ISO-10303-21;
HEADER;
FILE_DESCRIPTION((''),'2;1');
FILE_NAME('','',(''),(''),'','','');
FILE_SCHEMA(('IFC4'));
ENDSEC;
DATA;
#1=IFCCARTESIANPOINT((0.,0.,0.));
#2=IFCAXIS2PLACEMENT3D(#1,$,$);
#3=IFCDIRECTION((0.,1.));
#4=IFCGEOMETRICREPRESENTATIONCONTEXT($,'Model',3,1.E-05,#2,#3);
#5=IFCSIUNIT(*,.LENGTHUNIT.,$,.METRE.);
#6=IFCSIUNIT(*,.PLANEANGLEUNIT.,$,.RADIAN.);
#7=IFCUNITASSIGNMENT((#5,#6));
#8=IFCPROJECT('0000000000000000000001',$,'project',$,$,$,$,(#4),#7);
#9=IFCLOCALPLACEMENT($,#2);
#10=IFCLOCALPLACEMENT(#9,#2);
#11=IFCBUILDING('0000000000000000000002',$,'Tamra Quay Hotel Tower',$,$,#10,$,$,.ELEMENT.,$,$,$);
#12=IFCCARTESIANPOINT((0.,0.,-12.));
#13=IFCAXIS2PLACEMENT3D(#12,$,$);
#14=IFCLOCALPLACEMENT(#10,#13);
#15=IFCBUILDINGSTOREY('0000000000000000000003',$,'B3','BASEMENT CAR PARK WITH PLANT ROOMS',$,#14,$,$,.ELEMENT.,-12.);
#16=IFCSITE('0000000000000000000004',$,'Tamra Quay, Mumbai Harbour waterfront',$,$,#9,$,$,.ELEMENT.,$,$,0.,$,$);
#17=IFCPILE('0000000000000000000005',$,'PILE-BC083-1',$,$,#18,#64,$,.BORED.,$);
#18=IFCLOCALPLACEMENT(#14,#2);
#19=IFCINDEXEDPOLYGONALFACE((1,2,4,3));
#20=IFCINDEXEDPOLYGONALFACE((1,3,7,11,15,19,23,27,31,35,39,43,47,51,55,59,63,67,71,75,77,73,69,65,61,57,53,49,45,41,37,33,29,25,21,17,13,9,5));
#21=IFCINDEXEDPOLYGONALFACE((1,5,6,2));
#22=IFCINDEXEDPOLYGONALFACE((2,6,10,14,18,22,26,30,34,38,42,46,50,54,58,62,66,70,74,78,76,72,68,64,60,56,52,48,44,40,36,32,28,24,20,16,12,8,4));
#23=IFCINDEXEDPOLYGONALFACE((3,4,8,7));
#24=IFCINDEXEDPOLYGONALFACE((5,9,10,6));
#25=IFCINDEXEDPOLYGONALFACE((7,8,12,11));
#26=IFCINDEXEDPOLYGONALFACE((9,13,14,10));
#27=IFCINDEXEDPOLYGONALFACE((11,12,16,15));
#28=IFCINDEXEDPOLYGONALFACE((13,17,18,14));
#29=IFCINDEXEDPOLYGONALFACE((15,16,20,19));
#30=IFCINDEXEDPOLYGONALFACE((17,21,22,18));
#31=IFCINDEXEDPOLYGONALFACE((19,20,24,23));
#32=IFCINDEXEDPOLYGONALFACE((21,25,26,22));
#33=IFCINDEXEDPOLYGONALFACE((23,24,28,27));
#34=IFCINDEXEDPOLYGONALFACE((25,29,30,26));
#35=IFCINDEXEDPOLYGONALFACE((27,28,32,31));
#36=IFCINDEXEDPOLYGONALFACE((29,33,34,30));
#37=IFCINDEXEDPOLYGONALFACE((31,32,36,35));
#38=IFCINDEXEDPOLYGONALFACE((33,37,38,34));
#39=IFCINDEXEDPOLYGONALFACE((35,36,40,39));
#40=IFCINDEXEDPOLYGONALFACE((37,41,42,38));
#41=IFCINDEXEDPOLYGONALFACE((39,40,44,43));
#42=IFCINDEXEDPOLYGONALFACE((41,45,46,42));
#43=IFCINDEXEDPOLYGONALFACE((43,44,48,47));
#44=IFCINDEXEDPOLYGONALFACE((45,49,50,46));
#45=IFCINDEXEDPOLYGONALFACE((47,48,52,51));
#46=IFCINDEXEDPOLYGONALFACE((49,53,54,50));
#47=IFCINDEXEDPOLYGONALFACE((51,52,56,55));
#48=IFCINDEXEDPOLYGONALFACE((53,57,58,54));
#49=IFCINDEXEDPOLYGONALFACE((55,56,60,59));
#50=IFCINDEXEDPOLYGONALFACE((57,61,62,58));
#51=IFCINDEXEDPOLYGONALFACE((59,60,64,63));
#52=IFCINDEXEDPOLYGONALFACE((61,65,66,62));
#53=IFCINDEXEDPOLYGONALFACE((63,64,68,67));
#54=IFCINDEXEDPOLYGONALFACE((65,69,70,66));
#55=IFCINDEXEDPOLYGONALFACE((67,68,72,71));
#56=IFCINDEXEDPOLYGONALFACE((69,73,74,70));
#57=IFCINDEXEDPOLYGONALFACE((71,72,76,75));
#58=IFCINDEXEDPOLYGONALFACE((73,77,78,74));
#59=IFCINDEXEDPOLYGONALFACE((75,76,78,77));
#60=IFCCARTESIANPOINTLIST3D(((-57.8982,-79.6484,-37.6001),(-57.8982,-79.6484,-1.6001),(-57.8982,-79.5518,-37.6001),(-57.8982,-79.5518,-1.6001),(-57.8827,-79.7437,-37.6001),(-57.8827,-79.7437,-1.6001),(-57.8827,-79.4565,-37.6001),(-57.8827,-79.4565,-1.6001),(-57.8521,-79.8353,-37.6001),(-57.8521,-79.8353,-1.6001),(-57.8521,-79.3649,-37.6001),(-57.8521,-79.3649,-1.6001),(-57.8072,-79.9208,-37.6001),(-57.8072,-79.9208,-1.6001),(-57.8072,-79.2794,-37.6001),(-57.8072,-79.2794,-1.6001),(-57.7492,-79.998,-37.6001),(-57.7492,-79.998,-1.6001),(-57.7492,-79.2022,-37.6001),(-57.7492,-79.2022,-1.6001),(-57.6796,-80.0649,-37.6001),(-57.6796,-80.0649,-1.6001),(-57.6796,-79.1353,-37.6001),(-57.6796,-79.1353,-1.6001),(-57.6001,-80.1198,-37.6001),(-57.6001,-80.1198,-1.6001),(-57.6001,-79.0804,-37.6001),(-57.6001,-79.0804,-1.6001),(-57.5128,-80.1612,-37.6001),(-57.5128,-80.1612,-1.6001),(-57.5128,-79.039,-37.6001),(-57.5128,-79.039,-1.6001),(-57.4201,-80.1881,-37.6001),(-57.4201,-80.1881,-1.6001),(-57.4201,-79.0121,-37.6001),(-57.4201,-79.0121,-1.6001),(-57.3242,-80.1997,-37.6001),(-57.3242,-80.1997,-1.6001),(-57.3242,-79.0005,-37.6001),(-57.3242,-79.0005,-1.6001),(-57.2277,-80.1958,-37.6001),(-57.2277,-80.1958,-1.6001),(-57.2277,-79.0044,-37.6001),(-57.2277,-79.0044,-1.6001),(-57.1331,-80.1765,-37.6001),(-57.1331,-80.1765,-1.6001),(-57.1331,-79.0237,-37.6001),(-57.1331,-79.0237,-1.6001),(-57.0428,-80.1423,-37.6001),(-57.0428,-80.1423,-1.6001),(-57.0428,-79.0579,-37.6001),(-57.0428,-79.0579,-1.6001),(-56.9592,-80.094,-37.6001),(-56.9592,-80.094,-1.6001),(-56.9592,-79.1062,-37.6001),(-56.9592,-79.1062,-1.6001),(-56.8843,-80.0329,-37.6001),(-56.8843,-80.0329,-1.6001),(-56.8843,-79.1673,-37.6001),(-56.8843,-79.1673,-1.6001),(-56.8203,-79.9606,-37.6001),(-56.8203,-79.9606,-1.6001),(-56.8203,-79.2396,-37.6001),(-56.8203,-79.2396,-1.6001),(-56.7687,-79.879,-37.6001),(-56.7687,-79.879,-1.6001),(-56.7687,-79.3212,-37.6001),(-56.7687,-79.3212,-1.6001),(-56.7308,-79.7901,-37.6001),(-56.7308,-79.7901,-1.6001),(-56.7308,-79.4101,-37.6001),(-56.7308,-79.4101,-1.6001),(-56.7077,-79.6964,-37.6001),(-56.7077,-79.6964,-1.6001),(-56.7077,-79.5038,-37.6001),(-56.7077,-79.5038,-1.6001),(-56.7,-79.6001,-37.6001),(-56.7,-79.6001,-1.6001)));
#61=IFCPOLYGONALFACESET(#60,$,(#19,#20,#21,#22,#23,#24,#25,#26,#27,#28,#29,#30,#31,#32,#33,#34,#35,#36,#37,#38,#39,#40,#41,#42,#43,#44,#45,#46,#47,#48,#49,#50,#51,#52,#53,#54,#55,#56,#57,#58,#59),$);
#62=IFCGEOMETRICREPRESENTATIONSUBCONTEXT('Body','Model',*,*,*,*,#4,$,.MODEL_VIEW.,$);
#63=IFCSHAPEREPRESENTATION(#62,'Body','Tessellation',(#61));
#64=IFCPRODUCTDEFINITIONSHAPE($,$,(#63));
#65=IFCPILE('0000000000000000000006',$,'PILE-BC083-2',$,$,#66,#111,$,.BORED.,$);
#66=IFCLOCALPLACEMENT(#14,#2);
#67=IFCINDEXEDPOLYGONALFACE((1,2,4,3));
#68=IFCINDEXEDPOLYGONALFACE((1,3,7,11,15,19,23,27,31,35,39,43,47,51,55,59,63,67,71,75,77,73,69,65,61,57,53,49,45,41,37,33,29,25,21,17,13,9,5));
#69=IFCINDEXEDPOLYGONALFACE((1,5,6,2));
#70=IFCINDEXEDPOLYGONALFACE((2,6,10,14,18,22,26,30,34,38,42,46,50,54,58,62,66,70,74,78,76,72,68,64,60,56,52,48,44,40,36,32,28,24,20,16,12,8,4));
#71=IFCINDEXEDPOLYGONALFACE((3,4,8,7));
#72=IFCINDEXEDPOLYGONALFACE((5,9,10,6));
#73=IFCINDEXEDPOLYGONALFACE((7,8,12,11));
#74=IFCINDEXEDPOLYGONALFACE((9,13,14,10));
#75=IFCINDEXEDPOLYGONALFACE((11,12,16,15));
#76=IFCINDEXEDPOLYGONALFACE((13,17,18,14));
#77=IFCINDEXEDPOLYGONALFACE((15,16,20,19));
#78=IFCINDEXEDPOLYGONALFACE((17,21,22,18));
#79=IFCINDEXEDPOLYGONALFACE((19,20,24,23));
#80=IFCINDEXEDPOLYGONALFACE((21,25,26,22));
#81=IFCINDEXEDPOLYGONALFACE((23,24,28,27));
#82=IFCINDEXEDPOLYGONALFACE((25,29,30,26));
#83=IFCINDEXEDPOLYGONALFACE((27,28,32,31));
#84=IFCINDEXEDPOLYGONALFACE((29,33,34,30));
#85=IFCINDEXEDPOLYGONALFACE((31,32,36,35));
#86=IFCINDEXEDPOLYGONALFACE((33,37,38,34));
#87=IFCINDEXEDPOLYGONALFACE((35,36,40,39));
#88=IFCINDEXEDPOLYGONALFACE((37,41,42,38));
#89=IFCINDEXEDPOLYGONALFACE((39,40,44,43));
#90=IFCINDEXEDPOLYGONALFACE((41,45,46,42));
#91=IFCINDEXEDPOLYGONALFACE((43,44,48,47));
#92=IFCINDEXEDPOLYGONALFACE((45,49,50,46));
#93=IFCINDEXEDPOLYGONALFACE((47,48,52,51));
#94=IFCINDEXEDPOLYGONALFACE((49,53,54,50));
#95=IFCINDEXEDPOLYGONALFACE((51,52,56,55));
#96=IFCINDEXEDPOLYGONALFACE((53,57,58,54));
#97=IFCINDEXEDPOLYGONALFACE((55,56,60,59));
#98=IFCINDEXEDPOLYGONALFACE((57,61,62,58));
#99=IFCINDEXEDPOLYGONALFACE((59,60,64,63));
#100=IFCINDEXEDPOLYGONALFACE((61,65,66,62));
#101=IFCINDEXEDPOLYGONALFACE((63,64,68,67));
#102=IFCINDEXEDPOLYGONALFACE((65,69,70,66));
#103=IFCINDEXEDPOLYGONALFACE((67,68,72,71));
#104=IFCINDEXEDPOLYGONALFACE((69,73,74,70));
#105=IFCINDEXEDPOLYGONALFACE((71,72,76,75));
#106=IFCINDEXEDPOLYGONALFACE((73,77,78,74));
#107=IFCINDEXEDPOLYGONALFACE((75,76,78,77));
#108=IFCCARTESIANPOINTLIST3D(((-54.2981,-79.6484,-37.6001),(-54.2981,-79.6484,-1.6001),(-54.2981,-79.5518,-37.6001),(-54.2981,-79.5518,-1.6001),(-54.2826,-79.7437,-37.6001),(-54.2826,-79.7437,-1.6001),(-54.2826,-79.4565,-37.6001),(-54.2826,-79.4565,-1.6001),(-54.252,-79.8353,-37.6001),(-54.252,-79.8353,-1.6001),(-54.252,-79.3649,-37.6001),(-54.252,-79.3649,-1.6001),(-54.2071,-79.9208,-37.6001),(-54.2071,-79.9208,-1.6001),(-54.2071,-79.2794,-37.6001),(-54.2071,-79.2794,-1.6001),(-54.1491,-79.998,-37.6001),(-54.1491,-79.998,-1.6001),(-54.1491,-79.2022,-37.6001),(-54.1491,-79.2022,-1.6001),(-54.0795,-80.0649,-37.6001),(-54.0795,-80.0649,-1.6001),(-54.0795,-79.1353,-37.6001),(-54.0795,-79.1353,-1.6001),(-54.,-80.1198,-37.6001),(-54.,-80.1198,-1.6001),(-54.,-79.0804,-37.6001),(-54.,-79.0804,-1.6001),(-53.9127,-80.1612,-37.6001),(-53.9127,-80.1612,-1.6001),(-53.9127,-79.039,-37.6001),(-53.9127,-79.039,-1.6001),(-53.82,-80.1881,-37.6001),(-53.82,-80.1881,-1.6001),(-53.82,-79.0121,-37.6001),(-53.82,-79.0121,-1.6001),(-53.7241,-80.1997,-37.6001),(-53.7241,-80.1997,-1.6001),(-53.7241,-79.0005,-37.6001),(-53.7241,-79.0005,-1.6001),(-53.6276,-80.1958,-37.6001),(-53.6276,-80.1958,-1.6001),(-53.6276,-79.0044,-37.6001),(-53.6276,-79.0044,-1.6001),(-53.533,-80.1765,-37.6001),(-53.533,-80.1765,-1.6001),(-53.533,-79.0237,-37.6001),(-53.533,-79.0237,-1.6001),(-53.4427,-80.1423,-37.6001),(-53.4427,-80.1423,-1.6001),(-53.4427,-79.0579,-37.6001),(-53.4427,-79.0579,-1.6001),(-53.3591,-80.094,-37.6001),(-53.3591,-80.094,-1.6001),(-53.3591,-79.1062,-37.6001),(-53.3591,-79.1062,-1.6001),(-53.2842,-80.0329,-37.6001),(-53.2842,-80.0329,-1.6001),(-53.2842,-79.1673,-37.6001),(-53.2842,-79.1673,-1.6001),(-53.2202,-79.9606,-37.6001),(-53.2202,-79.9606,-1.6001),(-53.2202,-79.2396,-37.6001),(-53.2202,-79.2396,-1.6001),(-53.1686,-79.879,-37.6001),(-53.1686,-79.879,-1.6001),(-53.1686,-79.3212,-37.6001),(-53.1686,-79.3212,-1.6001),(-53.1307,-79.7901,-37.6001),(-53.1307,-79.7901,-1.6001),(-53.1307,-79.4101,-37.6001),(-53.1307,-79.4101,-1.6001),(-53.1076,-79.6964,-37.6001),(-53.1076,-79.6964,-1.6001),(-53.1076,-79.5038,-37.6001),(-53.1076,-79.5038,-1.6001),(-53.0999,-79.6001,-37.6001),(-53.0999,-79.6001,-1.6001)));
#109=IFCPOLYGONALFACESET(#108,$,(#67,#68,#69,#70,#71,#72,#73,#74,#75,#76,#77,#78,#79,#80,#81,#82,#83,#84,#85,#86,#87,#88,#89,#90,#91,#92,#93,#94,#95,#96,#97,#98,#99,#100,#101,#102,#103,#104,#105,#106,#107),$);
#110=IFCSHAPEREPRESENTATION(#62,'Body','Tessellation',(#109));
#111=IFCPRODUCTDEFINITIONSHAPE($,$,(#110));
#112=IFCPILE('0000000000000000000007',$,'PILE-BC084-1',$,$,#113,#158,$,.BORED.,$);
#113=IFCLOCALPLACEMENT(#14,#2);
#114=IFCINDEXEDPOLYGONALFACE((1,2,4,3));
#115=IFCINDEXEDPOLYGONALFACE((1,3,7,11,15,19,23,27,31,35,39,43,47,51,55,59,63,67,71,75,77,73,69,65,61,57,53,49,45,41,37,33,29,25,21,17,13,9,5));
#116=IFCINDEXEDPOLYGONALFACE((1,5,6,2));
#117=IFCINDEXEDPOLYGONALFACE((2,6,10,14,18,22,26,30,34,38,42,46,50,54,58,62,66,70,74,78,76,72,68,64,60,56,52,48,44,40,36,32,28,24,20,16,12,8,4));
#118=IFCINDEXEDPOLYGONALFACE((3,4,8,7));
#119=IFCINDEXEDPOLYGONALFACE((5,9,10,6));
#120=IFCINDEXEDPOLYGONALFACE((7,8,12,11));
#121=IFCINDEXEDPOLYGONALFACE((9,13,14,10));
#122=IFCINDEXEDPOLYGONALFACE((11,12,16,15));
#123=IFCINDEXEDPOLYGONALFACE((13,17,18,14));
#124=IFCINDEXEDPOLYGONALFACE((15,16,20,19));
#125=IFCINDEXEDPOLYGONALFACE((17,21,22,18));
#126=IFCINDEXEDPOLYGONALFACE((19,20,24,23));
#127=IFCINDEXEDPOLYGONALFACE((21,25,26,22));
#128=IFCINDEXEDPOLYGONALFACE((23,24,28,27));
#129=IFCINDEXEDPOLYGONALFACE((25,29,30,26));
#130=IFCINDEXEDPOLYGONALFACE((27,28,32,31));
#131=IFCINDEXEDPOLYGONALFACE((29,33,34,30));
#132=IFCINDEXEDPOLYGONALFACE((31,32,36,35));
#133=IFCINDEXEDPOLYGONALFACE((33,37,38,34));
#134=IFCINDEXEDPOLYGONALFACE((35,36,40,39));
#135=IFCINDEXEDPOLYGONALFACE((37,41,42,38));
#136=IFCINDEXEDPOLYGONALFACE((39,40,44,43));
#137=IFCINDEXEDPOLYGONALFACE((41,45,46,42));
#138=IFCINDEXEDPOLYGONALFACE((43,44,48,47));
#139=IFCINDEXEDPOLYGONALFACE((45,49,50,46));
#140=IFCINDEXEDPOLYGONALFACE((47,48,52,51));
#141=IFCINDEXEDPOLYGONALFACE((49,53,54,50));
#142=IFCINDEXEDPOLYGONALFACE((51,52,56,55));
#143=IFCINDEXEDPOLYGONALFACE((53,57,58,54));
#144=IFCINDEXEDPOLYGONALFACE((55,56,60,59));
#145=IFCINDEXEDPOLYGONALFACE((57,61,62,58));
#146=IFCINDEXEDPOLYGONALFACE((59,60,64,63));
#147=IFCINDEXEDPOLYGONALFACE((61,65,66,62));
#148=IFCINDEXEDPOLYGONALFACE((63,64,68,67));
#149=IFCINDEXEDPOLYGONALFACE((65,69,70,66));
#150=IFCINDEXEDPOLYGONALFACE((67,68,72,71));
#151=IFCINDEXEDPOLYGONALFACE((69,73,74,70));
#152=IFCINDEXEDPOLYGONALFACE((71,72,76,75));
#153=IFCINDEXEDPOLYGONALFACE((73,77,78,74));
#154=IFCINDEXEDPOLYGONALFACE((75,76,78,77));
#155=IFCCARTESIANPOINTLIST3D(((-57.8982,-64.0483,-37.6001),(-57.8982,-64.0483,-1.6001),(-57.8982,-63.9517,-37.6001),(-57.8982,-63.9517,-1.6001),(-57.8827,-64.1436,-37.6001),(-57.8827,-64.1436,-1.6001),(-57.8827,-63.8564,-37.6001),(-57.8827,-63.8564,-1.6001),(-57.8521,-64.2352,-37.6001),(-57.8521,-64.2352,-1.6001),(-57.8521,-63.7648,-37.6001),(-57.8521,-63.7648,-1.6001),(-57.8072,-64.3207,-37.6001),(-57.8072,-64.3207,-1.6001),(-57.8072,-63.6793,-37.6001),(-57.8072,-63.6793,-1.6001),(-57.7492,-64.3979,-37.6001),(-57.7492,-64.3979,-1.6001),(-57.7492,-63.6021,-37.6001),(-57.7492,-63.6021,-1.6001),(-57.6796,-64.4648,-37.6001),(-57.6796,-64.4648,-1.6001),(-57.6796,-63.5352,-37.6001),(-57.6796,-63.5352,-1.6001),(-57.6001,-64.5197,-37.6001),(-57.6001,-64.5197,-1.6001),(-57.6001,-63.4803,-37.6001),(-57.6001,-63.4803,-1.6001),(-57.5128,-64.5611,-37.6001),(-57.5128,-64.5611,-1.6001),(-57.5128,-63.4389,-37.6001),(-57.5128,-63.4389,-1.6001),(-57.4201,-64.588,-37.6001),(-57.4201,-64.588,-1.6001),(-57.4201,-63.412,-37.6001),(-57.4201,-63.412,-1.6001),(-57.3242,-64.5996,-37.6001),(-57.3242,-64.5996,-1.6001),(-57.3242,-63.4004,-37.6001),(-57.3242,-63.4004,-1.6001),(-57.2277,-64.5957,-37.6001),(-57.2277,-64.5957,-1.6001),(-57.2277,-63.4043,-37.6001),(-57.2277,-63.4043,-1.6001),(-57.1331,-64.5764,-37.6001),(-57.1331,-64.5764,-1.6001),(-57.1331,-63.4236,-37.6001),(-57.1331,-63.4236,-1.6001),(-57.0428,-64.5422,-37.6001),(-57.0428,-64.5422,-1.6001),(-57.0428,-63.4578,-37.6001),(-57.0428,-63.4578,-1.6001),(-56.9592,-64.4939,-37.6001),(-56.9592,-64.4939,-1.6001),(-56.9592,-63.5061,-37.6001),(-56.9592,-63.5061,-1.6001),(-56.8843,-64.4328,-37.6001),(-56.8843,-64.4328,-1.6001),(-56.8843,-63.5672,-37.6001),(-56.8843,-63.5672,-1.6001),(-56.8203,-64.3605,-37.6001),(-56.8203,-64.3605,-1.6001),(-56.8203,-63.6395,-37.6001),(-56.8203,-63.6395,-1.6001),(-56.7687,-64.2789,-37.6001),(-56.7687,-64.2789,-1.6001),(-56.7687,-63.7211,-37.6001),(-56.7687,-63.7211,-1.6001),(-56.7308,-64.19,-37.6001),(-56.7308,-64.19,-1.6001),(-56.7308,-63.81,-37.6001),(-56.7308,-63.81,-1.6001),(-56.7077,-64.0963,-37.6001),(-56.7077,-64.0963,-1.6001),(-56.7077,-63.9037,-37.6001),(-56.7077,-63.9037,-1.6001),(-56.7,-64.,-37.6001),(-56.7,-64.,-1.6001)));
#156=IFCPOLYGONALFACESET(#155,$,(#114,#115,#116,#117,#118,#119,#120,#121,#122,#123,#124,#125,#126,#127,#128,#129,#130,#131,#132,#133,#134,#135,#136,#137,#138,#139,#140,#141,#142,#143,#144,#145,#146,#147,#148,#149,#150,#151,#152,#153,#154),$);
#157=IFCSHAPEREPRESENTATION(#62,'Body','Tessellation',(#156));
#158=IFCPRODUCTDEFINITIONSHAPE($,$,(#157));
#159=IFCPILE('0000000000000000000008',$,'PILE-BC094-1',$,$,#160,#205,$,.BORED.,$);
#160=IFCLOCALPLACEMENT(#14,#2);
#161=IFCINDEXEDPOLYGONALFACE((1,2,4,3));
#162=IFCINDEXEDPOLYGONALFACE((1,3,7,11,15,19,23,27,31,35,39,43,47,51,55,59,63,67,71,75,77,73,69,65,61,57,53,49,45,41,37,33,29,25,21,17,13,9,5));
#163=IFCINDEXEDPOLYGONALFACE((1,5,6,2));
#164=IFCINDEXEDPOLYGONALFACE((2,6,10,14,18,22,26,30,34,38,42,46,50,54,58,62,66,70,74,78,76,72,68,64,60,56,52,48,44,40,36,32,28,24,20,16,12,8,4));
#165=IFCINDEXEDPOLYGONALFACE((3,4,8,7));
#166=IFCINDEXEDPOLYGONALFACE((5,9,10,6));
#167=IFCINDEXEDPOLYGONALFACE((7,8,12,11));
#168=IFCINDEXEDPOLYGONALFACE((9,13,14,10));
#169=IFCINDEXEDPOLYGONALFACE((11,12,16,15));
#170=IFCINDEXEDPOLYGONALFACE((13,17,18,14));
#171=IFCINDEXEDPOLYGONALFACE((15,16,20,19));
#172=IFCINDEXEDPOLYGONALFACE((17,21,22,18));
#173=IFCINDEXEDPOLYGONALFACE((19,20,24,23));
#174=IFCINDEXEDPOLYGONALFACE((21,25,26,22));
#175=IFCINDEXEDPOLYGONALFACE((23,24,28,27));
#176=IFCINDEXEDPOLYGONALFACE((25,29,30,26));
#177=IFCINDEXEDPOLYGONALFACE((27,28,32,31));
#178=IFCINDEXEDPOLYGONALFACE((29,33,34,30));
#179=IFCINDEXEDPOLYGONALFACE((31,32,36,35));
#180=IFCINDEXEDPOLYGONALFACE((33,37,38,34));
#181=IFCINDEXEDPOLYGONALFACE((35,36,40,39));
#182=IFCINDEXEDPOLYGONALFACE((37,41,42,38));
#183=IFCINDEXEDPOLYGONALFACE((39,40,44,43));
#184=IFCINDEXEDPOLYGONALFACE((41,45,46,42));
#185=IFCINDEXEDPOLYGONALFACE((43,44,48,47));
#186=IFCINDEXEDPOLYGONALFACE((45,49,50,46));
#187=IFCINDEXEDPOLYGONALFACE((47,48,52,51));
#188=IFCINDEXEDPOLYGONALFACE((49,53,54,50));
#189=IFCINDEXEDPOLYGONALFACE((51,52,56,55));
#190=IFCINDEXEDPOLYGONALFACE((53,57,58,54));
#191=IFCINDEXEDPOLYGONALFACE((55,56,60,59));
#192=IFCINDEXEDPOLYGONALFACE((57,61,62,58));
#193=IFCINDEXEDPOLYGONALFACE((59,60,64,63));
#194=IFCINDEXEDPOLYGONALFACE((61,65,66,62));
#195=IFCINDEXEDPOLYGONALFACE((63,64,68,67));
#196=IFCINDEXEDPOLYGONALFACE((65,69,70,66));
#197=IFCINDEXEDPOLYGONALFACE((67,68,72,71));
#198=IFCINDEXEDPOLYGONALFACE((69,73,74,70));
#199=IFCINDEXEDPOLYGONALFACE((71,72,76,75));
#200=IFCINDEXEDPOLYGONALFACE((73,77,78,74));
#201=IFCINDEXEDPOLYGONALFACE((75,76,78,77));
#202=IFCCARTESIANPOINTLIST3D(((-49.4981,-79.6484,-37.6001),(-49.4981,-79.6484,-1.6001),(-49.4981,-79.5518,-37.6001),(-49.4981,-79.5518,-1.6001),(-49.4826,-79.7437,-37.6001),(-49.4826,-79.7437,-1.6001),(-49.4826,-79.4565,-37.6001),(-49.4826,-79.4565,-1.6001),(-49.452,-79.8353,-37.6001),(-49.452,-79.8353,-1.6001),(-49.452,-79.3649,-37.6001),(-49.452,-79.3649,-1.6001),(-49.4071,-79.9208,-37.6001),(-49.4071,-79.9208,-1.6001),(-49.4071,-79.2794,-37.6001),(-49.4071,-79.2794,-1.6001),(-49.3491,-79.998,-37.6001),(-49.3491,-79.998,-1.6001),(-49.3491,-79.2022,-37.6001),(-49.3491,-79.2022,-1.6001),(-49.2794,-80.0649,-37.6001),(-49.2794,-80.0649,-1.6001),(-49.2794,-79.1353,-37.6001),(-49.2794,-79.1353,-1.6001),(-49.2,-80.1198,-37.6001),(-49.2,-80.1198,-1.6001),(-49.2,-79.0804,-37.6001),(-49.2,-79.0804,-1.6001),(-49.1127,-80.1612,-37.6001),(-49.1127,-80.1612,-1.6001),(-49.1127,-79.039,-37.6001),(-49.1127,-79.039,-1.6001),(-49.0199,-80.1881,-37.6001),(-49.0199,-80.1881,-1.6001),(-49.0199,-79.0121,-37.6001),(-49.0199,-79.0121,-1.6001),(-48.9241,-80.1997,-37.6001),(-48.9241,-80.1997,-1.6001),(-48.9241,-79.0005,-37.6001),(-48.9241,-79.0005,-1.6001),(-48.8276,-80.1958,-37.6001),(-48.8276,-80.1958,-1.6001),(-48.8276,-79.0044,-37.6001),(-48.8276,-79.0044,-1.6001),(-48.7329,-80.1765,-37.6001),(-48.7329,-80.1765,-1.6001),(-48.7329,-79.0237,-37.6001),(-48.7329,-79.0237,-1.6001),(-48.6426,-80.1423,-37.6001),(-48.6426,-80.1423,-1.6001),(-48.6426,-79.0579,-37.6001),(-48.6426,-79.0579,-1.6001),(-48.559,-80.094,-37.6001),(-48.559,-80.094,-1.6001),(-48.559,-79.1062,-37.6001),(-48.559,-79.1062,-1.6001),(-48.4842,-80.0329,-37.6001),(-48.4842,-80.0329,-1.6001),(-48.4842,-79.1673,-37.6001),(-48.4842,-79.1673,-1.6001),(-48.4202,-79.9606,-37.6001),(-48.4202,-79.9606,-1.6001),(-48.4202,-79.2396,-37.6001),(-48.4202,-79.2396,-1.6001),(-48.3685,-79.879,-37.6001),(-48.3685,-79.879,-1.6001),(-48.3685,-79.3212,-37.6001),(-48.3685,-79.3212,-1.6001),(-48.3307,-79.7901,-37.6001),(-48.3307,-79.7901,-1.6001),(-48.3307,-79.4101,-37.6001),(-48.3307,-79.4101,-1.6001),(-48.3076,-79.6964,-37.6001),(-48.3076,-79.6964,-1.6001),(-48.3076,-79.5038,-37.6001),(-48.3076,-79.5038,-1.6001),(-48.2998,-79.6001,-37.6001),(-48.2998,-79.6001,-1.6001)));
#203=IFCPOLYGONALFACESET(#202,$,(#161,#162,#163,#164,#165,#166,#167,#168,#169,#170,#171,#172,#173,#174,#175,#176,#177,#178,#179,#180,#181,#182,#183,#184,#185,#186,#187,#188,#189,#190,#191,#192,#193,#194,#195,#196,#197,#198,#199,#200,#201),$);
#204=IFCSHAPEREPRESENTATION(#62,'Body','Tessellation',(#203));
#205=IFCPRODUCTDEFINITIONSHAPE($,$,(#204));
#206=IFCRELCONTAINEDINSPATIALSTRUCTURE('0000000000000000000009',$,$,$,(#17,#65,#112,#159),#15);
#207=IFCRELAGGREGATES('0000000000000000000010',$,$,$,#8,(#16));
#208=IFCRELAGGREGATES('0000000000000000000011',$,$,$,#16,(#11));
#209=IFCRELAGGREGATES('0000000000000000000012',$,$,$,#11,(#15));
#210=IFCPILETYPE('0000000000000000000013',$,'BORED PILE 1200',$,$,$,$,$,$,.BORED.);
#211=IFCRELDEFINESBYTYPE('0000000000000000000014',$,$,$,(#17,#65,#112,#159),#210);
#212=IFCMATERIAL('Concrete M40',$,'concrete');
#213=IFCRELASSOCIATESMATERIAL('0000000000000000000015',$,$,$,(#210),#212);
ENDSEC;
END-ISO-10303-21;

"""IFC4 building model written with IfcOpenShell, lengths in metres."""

from ifc_helpers import new_model, si_unit, direction, frame, origin, origin_2d, place, context, subcontext, project, spatial, circle, extrude, material, material_profile, profile_set, type_object, element, save


model = new_model("IFC4")

# Units and contexts
model_context = context("Model", 3, precision=1e-05, world=origin(), true_north=direction((0.0, 1.0)))
body_context = subcontext(model_context, "Body", "Model", "MODEL_VIEW")
ifc_project = project(units=[si_unit("LENGTHUNIT", "METRE"), si_unit("PLANEANGLEUNIT", "RADIAN")], contexts=[model_context])

# Site, building, storey
site_placement = place(None, origin())
site = spatial("IfcSite", under=ifc_project, at=site_placement, Name="Tamra Quay, Mumbai Harbour waterfront", CompositionType="ELEMENT", RefElevation=0.0)
building_placement = place(site_placement, origin())
building = spatial("IfcBuilding", under=site, at=building_placement, Name="Tamra Quay Hotel Tower", CompositionType="ELEMENT")
storey_placement = place(building_placement, frame((0.0, 0.0, -12.0)))
storey = spatial("IfcBuildingStorey", under=building, at=storey_placement, Name="B3", Description="BASEMENT CAR PARK WITH PLANT ROOMS", CompositionType="ELEMENT", Elevation=-12.0)

# Piles
ifc_material_1 = material(Name="Concrete M40", Category="concrete")
ifc_material_profile_1 = material_profile(ifc_material_1, circle(Radius=0.6001, at=origin_2d()), Name="BORED PILE 1200")
ifc_profile_set_1 = profile_set([ifc_material_profile_1], Name="Concrete M40")
pile_type = type_object("IfcPileType", Name="BORED PILE 1200", PredefinedType="BORED", material=ifc_profile_set_1)
for number, where, z_axis, x_axis, name in (
    (1, (-57.3, -79.6001, -1.6001), (0.0, 0.0, -1.0), (1.0, 0.0, 0.0), "PILE-BC083-1"),
    (2, (-53.7, -79.6001, -1.6001), (0.0, 0.0, -1.0), (1.0, 0.0, 0.0), "PILE-BC083-2"),
    (3, (-57.3, -64.0, -1.6001), (0.0, 0.0, -1.0), (1.0, 0.0, 0.0), "PILE-BC084-1"),
    (4, (-48.8999, -79.6001, -1.6001), (0.0, 0.0, -1.0), (1.0, 0.0, 0.0), "PILE-BC094-1"),
):
    element("IfcPile", number, at=place(storey_placement, frame(where, z_axis=z_axis, x_axis=x_axis)), inside=storey, type_object=pile_type, Name=name, PredefinedType="BORED", context=body_context, shape_type="SweptSolid", body=[
        extrude(circle(Radius=0.6001, at=origin_2d()), origin(), (0.0, 0.0, 1.0), 36.0),
    ])

save(model, "model.ifc")
